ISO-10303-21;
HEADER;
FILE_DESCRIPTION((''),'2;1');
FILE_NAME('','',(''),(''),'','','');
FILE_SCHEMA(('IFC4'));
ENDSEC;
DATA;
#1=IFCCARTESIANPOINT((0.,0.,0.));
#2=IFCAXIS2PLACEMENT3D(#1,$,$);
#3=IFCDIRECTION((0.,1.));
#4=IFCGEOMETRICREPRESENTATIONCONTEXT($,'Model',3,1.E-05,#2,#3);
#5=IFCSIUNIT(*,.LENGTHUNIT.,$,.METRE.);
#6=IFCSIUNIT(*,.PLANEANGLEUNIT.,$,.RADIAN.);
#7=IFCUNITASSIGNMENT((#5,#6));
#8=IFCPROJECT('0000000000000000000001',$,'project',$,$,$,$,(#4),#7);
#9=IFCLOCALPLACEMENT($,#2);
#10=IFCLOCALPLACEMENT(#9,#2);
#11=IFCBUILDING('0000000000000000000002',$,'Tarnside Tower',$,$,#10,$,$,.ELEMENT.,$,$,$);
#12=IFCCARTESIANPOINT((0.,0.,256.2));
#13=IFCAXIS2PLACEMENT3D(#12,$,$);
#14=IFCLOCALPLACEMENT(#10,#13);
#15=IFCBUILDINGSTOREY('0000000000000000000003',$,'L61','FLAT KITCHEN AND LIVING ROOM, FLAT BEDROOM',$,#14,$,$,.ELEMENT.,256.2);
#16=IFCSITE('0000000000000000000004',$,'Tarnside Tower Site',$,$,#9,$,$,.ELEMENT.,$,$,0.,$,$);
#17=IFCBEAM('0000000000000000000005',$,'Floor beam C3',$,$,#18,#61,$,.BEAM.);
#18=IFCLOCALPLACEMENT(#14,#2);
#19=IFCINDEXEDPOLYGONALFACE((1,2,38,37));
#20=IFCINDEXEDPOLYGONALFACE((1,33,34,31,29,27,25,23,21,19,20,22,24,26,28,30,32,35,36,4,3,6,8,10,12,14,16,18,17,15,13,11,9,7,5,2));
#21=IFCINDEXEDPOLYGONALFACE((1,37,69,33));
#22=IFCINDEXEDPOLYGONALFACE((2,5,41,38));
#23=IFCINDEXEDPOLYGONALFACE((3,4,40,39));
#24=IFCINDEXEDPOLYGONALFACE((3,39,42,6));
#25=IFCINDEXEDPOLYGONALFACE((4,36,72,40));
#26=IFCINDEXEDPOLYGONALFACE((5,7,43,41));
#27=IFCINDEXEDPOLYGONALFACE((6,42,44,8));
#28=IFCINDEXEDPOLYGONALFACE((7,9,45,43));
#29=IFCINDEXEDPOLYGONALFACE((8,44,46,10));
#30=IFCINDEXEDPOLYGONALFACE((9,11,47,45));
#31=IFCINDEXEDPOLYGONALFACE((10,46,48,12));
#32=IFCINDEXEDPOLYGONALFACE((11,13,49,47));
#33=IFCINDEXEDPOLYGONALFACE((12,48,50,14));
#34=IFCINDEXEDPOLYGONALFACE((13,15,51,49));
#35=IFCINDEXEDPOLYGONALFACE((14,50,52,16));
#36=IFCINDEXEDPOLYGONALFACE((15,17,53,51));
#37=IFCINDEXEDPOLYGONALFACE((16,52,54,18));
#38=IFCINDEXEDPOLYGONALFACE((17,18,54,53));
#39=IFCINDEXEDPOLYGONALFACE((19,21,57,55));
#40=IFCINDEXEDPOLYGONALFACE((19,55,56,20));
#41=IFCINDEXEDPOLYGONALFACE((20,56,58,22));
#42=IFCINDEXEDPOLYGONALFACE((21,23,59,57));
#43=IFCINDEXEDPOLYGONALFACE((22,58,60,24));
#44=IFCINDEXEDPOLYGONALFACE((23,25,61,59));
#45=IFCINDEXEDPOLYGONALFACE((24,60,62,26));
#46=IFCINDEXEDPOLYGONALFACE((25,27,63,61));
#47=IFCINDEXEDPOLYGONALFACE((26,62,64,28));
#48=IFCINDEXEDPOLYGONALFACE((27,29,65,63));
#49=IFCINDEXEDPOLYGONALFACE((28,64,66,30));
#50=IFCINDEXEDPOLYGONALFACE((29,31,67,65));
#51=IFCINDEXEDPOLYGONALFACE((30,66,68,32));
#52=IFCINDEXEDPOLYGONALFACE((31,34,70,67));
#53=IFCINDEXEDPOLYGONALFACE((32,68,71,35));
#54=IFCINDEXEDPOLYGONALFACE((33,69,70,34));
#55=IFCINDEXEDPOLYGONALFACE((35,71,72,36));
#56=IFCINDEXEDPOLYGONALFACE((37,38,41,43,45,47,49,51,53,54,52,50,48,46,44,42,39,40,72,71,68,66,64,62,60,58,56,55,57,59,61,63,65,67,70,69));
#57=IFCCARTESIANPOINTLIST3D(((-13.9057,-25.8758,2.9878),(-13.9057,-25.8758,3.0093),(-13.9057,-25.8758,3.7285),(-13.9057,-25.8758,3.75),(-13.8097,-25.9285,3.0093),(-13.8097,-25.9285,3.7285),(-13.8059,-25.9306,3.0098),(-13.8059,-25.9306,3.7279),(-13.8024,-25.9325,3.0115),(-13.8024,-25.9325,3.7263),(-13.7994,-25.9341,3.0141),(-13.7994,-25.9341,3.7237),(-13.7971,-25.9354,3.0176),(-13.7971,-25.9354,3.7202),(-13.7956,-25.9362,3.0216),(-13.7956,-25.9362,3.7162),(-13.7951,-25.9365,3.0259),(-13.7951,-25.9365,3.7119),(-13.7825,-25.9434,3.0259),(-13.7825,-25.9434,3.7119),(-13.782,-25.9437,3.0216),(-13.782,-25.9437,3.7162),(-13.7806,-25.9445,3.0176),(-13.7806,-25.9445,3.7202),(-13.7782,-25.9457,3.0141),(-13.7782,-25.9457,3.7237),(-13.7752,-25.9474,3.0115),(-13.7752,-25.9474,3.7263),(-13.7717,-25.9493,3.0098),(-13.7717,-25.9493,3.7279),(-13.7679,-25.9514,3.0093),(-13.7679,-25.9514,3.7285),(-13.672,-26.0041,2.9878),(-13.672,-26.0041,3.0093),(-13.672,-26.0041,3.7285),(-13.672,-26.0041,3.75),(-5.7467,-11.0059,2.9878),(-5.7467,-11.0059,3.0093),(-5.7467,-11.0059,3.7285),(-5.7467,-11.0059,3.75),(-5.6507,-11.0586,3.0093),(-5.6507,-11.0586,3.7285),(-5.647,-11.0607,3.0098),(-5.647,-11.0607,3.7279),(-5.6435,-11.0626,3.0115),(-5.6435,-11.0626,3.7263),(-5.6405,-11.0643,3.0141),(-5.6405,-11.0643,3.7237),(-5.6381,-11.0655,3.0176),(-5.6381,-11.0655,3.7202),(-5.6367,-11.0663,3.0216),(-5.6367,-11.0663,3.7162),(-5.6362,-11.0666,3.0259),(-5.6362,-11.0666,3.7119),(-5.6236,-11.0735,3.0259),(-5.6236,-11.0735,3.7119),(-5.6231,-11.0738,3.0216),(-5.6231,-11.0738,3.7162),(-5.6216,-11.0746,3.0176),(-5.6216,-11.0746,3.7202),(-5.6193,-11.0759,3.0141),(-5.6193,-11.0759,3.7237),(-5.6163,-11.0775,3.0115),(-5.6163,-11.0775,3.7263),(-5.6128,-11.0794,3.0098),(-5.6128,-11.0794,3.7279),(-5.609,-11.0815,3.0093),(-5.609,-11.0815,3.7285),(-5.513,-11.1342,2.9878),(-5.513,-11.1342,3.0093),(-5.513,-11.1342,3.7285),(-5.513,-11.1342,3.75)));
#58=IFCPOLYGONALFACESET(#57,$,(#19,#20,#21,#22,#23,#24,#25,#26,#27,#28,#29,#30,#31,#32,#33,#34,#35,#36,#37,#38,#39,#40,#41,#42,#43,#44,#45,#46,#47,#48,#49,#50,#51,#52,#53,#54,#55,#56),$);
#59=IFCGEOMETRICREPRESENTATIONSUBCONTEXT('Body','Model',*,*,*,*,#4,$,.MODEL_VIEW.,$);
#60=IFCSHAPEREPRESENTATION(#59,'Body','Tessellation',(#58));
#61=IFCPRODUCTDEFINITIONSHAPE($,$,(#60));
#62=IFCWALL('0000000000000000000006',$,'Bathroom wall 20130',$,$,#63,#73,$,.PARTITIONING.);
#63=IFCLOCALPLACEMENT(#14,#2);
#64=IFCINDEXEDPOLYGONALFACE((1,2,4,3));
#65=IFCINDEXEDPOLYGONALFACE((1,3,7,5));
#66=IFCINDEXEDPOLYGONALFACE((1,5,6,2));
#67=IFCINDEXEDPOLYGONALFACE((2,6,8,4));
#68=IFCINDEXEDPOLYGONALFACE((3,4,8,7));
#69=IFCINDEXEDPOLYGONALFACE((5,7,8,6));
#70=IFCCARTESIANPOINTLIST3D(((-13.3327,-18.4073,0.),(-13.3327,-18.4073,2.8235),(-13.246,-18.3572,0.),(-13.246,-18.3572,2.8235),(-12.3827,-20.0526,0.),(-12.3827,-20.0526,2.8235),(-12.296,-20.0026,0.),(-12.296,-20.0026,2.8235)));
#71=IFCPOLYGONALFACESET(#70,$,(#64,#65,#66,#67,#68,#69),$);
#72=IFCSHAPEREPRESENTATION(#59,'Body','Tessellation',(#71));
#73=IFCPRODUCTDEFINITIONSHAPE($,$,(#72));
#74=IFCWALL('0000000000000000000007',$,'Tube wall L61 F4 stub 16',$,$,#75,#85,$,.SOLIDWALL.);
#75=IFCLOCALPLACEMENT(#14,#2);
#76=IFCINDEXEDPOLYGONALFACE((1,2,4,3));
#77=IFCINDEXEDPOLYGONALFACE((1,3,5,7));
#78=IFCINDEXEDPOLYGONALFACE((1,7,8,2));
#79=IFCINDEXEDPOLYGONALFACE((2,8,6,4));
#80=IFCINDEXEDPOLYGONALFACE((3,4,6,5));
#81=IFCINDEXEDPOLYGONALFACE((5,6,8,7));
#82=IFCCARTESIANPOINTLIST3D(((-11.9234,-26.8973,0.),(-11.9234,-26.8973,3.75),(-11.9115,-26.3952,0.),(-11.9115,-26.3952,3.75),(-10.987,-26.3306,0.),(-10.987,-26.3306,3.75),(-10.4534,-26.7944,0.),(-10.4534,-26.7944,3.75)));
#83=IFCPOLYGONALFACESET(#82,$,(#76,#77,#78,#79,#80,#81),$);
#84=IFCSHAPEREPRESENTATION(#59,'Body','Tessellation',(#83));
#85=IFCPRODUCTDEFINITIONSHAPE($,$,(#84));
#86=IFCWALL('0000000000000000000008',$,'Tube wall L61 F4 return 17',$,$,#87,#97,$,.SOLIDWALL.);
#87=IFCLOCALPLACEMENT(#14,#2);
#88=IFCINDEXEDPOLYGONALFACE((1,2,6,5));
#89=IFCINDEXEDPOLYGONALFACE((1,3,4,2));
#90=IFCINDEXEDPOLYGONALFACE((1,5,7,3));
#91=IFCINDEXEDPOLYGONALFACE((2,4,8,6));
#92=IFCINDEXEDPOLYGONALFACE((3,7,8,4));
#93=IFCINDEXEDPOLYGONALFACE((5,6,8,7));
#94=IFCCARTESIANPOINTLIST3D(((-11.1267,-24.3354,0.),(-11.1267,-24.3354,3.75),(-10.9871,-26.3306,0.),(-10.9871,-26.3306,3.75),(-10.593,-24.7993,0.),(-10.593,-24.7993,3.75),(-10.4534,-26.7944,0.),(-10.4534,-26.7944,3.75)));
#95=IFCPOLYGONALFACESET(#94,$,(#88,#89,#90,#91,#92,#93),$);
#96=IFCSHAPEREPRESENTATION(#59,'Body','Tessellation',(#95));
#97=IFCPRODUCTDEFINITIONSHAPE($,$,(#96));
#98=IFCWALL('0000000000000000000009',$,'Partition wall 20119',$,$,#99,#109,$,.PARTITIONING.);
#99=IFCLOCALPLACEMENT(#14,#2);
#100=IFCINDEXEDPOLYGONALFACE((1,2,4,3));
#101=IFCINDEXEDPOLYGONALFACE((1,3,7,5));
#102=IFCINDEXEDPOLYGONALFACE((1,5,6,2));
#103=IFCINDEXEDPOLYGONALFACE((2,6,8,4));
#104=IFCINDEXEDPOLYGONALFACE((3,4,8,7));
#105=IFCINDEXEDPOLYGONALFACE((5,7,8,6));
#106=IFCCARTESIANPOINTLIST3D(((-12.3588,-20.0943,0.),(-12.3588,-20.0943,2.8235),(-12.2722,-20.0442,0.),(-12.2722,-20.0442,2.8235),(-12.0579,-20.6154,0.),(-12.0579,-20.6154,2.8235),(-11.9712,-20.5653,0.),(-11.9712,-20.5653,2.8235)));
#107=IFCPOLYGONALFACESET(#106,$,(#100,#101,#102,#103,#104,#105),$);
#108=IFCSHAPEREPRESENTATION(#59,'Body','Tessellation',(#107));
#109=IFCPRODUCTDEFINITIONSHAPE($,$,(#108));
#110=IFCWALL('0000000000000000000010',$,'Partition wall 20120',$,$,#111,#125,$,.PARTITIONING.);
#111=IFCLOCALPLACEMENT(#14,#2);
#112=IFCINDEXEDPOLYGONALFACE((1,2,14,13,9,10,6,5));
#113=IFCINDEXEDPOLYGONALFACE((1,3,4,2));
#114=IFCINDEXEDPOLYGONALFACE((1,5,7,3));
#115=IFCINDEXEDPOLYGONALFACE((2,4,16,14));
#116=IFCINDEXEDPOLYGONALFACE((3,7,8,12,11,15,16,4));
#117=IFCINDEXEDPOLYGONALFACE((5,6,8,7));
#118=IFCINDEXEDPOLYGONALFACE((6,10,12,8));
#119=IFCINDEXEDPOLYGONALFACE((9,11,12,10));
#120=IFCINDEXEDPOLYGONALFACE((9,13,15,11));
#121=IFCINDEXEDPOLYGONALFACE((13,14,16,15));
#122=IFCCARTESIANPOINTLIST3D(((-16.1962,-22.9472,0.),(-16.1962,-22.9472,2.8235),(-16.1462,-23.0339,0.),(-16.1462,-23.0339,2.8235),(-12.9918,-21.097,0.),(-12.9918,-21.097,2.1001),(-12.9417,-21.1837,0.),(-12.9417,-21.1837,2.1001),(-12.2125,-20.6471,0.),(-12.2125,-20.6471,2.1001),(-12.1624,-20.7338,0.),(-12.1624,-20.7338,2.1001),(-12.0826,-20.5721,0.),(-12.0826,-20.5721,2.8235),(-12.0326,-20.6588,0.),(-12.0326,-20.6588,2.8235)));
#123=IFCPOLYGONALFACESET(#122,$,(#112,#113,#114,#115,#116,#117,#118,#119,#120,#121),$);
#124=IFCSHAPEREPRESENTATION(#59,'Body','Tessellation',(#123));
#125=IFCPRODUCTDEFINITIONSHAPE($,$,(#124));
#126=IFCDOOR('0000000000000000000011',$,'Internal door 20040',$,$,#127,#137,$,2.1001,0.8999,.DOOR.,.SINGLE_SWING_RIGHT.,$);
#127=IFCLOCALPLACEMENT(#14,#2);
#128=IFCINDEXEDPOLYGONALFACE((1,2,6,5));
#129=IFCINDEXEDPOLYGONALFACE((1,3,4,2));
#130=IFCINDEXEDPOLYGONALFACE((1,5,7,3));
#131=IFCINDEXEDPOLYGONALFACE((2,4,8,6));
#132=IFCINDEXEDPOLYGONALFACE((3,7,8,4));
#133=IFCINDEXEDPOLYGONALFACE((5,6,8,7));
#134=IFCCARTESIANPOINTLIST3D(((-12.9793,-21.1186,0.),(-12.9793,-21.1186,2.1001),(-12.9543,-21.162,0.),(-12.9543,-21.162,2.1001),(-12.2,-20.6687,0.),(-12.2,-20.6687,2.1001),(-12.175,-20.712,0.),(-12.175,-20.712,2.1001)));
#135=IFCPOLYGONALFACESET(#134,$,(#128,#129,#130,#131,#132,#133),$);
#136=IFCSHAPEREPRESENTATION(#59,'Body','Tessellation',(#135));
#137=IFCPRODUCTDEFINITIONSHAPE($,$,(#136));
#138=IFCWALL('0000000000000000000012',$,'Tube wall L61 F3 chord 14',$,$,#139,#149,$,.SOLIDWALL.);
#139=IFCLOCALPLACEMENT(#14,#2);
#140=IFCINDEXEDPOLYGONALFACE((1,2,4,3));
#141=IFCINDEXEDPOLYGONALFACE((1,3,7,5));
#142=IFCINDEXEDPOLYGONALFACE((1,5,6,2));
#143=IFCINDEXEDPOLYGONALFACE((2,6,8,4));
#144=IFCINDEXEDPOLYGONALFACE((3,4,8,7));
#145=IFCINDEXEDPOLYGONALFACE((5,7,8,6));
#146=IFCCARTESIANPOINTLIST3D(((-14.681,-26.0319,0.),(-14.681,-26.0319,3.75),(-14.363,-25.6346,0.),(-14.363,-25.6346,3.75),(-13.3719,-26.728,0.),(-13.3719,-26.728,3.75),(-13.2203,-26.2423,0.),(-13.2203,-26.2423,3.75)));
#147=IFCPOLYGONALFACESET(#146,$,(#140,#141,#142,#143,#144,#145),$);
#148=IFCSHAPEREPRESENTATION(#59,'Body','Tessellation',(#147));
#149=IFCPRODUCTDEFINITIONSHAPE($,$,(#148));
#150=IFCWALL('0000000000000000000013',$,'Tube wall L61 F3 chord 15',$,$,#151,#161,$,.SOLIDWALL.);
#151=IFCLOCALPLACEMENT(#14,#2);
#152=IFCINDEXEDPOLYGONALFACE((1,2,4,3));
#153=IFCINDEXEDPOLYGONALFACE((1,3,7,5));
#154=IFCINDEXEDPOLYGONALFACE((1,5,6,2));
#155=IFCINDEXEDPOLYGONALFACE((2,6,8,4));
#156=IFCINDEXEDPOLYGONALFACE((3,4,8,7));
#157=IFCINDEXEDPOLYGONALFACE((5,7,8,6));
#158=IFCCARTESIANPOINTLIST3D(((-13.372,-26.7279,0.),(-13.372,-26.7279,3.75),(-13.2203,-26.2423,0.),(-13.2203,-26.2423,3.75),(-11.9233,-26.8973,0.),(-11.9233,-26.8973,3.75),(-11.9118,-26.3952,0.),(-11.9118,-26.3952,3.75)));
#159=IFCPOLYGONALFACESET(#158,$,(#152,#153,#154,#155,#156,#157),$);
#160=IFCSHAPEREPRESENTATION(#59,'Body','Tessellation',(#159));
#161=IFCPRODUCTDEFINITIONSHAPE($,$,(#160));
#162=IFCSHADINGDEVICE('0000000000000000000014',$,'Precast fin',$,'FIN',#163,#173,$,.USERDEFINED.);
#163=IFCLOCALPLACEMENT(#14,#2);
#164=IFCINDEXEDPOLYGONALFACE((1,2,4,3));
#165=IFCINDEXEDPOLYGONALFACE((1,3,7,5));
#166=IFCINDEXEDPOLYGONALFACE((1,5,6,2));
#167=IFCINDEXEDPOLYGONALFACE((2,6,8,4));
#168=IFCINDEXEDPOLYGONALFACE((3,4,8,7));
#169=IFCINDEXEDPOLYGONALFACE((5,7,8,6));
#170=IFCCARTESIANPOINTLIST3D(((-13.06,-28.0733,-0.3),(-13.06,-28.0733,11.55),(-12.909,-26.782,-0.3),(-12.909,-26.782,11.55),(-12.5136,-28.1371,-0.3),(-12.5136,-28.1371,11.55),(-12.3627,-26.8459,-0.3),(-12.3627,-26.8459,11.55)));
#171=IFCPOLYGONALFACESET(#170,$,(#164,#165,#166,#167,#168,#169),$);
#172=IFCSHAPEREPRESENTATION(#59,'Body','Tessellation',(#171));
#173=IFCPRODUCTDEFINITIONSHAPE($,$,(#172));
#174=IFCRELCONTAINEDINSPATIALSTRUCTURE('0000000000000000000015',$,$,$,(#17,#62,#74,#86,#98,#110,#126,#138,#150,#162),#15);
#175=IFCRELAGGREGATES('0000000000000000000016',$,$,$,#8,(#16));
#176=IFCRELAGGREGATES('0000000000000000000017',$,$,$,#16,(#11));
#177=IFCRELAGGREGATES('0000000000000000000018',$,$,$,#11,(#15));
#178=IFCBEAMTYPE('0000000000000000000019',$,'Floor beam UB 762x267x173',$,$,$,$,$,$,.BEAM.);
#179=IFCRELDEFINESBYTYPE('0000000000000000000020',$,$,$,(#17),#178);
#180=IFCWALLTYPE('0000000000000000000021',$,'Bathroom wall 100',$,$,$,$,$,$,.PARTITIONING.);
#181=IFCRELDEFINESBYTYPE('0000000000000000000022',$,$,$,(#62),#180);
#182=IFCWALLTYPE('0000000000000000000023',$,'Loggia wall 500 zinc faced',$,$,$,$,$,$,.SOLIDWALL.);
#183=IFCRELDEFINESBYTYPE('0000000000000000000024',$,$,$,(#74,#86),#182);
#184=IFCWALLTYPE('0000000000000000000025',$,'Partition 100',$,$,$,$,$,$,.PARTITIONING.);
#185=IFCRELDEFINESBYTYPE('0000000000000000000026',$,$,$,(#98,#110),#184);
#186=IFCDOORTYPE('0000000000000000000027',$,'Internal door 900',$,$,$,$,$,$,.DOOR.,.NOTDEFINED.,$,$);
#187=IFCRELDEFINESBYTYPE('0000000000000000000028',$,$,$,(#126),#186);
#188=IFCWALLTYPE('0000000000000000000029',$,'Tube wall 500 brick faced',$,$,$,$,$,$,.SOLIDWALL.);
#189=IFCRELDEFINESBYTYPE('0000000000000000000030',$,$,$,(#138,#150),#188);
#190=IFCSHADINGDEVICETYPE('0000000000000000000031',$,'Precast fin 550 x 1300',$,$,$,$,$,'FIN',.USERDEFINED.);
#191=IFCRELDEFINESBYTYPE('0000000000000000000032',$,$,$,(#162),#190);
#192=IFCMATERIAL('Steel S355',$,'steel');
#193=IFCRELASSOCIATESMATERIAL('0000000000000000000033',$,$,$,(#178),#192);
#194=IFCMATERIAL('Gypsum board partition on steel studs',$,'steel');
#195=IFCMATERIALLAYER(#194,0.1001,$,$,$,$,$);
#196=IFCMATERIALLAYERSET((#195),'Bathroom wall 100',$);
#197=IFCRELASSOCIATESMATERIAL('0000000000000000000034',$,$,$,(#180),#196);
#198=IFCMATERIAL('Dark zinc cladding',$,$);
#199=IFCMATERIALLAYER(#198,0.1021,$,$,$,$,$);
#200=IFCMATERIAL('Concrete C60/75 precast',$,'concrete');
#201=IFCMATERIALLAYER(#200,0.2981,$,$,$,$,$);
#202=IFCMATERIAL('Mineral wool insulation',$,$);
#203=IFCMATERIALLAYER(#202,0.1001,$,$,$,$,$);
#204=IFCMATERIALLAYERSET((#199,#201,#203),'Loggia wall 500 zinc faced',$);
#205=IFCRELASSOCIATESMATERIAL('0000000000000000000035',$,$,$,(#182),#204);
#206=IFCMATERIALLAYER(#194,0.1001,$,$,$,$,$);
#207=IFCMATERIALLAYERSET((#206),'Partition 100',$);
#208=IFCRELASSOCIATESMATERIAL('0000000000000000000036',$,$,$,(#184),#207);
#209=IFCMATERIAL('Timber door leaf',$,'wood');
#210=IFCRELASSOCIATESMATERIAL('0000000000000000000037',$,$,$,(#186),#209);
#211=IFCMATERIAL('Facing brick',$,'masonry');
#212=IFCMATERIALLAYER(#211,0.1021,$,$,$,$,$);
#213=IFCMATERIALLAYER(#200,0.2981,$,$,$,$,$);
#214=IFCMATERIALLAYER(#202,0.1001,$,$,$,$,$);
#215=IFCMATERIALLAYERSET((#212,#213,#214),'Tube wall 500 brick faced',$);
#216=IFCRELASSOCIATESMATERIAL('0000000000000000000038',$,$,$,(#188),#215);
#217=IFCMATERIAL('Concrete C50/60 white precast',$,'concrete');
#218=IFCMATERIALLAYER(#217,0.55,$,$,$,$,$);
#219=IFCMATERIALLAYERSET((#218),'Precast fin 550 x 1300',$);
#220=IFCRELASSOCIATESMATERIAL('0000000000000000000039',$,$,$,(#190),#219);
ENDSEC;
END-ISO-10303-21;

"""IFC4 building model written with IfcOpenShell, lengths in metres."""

from ifc_helpers import new_model, si_unit, direction, frame, frame_2d, origin, origin_2d, place, context, subcontext, project, spatial, polyline, rectangle, i_section, outline, extrude, material, layer, layer_set, material_profile, profile_set, type_object, element, fill, save


model = new_model("IFC4")

# Units and contexts
model_context = context("Model", 3, precision=1e-05, world=origin(), true_north=direction((0.0, 1.0)))
body_context = subcontext(model_context, "Body", "Model", "MODEL_VIEW")
ifc_project = project(units=[si_unit("LENGTHUNIT", "METRE"), si_unit("PLANEANGLEUNIT", "RADIAN")], contexts=[model_context])

# Site, building, storey
site_placement = place(None, origin())
site = spatial("IfcSite", under=ifc_project, at=site_placement, Name="Tarnside Tower Site", CompositionType="ELEMENT", RefElevation=0.0)
building_placement = place(site_placement, origin())
building = spatial("IfcBuilding", under=site, at=building_placement, Name="Tarnside Tower", CompositionType="ELEMENT")
storey_placement = place(building_placement, frame((0.0, 0.0, 256.2)))
storey = spatial("IfcBuildingStorey", under=building, at=storey_placement, Name="L61", Description="FLAT KITCHEN AND LIVING ROOM, FLAT BEDROOM", CompositionType="ELEMENT", Elevation=256.2)

# Beam
ifc_material_1 = material(Name="Steel S355", Category="steel")
ifc_material_profile = material_profile(ifc_material_1, i_section(OverallWidth=0.2666, OverallDepth=0.7622, WebThickness=0.0144, FlangeThickness=0.0215, FilletRadius=0.0166, at=origin_2d()), Name="UB 762x267x173")
ifc_profile_set = profile_set([ifc_material_profile], Name="Steel S355")
beam_type = type_object("IfcBeamType", Name="Floor beam UB 762x267x173", PredefinedType="BEAM", material=ifc_profile_set)
beam_placement = place(storey_placement, frame((-13.7888, -25.9399, 3.3689), z_axis=(0.481036, 0.876701, 0.0), x_axis=(-0.876701, 0.481036, 0.0)))
element("IfcBeam", 1, at=beam_placement, inside=storey, type_object=beam_type, Name="Floor beam C3", PredefinedType="BEAM", context=body_context, shape_type="SweptSolid", body=[
    extrude(i_section(OverallWidth=0.2666, OverallDepth=0.7622, WebThickness=0.0144, FlangeThickness=0.0215, FilletRadius=0.0166, at=origin_2d()), origin(), (0.0, 0.0, 1.0), 16.9612),
])

# Walls
ifc_material_2 = material(Name="Gypsum board partition on steel studs", Category="steel")
ifc_layer_1 = layer(ifc_material_2, 0.1001)
ifc_layer_set_1 = layer_set([ifc_layer_1], Name="Bathroom wall 100")
wall_type_1 = type_object("IfcWallType", Name="Bathroom wall 100", PredefinedType="PARTITIONING", material=ifc_layer_set_1)
wall_1_placement = place(storey_placement, frame((-12.3394, -20.0276, 0.0), z_axis=(0.0, 0.0, 1.0), x_axis=(-0.500023, 0.866012, 0.0)))
element("IfcWall", 2, at=wall_1_placement, inside=storey, type_object=wall_type_1, Name="Bathroom wall 20130", PredefinedType="PARTITIONING", context=body_context, shape_type="SweptSolid", body=[
    extrude(rectangle(XDim=1.8999, YDim=0.1001, at=frame_2d((0.95, 0.0))), origin(), (0.0, 0.0, 1.0), 2.8235),
])
ifc_material_3 = material(Name="Dark zinc cladding")
ifc_layer_2 = layer(ifc_material_3, 0.1021)
ifc_material_4 = material(Name="Concrete C60/75 precast", Category="concrete")
ifc_layer_3 = layer(ifc_material_4, 0.2981)
ifc_material_5 = material(Name="Mineral wool insulation")
ifc_layer_4 = layer(ifc_material_5, 0.1001)
ifc_layer_set_2 = layer_set([ifc_layer_2, ifc_layer_3, ifc_layer_4], Name="Loggia wall 500 zinc faced")
wall_type_2 = type_object("IfcWallType", Name="Loggia wall 500 zinc faced", PredefinedType="SOLIDWALL", material=ifc_layer_set_2)
wall_2_placement = place(storey_placement, frame((-11.9175, -26.6462, 0.0), z_axis=(0.0, 0.0, 1.0), x_axis=(0.997563, 0.069772, 0.0)))
element("IfcWall", 3, at=wall_2_placement, inside=storey, type_object=wall_type_2, Name="Tube wall L61 F4 stub 16", PredefinedType="SOLIDWALL", context=body_context, shape_type="SweptSolid", body=[
    extrude(outline(polyline([(-0.0234, -0.25), (1.4502, -0.25), (0.9502, 0.25), (0.0234, 0.25), (-0.0234, -0.25)])), origin(), (0.0, 0.0, 1.0), 3.75),
])
wall_3_placement = place(storey_placement, frame((-10.7202, -26.5625, 0.0), z_axis=(0.0, 0.0, 1.0), x_axis=(-0.069824, 0.997559, 0.0)))
element("IfcWall", 4, at=wall_3_placement, inside=storey, type_object=wall_type_2, Name="Tube wall L61 F4 return 17", PredefinedType="SOLIDWALL", context=body_context, shape_type="SweptSolid", body=[
    extrude(outline(polyline([(-0.25, -0.25), (1.75, -0.25), (2.25, 0.25), (0.25, 0.25), (-0.25, -0.25)])), origin(), (0.0, 0.0, 1.0), 3.75),
])

# Wall
ifc_layer_5 = layer(ifc_material_2, 0.1001)
ifc_layer_set_3 = layer_set([ifc_layer_5], Name="Partition 100")
wall_type_3 = type_object("IfcWallType", Name="Partition 100", PredefinedType="PARTITIONING", material=ifc_layer_set_3)
wall_4_placement = place(storey_placement, frame((-12.3154, -20.0693, 0.0), z_axis=(0.0, 0.0, 1.0), x_axis=(0.500109, -0.865963, 0.0)))
element("IfcWall", 5, at=wall_4_placement, inside=storey, type_object=wall_type_3, Name="Partition wall 20119", PredefinedType="PARTITIONING", context=body_context, shape_type="SweptSolid", body=[
    extrude(rectangle(XDim=0.6018, YDim=0.1001, at=frame_2d((0.3008, 0.0))), origin(), (0.0, 0.0, 1.0), 2.8235),
])

# Wall, opening, door
wall_5_placement = place(storey_placement, frame((-12.0576, -20.6155, 0.0), z_axis=(0.0, 0.0, 1.0), x_axis=(-0.86602, -0.500009, 0.0)))
wall_5 = element("IfcWall", 6, at=wall_5_placement, inside=storey, type_object=wall_type_3, Name="Partition wall 20120", PredefinedType="PARTITIONING", context=body_context, shape_type="SweptSolid", body=[
    extrude(rectangle(XDim=4.75, YDim=0.1001, at=frame_2d((2.375, 0.0))), origin(), (0.0, 0.0, 1.0), 2.8235),
])
opening_1_placement = place(wall_5_placement, frame((0.1499, 0.0, 0.0)))
opening_1 = element("IfcOpeningElement", 7, at=opening_1_placement, cuts=wall_5, PredefinedType="OPENING", context=body_context, shape_type="SweptSolid", body=[
    extrude(rectangle(XDim=0.8999, YDim=2.1001, at=frame_2d((0.45, 1.05))), frame((0.0, 0.0601, 0.0), z_axis=(0.0, -1.0, 0.0), x_axis=(1.0, 0.0, 0.0)), (0.0, 0.0, 1.0), 0.1201),
])
ifc_material_6 = material(Name="Timber door leaf", Category="wood")
door_type_1 = type_object("IfcDoorType", Name="Internal door 900", OperationType="NOTDEFINED", PredefinedType="DOOR", material=ifc_material_6)
door_1_placement = place(opening_1_placement, origin())
door_1 = element("IfcDoor", 8, at=door_1_placement, inside=storey, type_object=door_type_1, Name="Internal door 20040", OperationType="SINGLE_SWING_RIGHT", OverallHeight=2.1001, OverallWidth=0.8999, PredefinedType="DOOR", context=body_context, shape_type="SweptSolid", body=[
    extrude(rectangle(XDim=0.8999, YDim=2.1001, at=frame_2d((0.45, 1.05))), frame((0.0, 0.0249, 0.0), z_axis=(0.0, -1.0, 0.0), x_axis=(1.0, 0.0, 0.0)), (0.0, 0.0, 1.0), 0.05),
])
fill(opening_1, door_1)

# Walls
ifc_material_7 = material(Name="Facing brick", Category="masonry")
ifc_layer_6 = layer(ifc_material_7, 0.1021)
ifc_layer_7 = layer(ifc_material_4, 0.2981)
ifc_layer_8 = layer(ifc_material_5, 0.1001)
ifc_layer_set_4 = layer_set([ifc_layer_6, ifc_layer_7, ifc_layer_8], Name="Tube wall 500 brick faced")
wall_type_4 = type_object("IfcWallType", Name="Tube wall 500 brick faced", PredefinedType="SOLIDWALL", material=ifc_layer_set_4)
wall_6_placement = place(storey_placement, frame((-14.522, -25.8333, 0.0), z_axis=(0.0, 0.0, 1.0), x_axis=(0.882927, -0.469511, 0.0)))
element("IfcWall", 9, at=wall_6_placement, inside=storey, type_object=wall_type_4, Name="Tube wall L61 F3 chord 14", PredefinedType="SOLIDWALL", context=body_context, shape_type="SweptSolid", body=[
    extrude(outline(polyline([(-0.0471, -0.25), (1.4355, -0.25), (1.3413, 0.25), (0.0471, 0.25), (-0.0471, -0.25)])), origin(), (0.0, 0.0, 1.0), 3.75),
])
wall_7_placement = place(storey_placement, frame((-13.2961, -26.4851, 0.0), z_axis=(0.0, 0.0, 1.0), x_axis=(0.993239, -0.116086, 0.0)))
element("IfcWall", 10, at=wall_7_placement, inside=storey, type_object=wall_type_4, Name="Tube wall L61 F3 chord 15", PredefinedType="SOLIDWALL", context=body_context, shape_type="SweptSolid", body=[
    extrude(outline(polyline([(-0.0471, -0.25), (1.4114, -0.25), (1.3645, 0.25), (0.0471, 0.25), (-0.0471, -0.25)])), origin(), (0.0, 0.0, 1.0), 3.75),
])

# Shading device
ifc_material_8 = material(Name="Concrete C50/60 white precast", Category="concrete")
ifc_layer_9 = layer(ifc_material_8, 0.55)
ifc_layer_set_5 = layer_set([ifc_layer_9], Name="Precast fin 550 x 1300")
shading_device_type = type_object("IfcShadingDeviceType", Name="Precast fin 550 x 1300", ElementType="FIN", PredefinedType="USERDEFINED", material=ifc_layer_set_5)
shading_device_placement = place(storey_placement, frame((-12.6357, -26.814, -0.3), z_axis=(-0.993238, 0.116093, 0.0), x_axis=(-0.116093, -0.993238, 0.0)))
element("IfcShadingDevice", 11, at=shading_device_placement, inside=storey, type_object=shading_device_type, Name="Precast fin", ObjectType="FIN", PredefinedType="USERDEFINED", context=body_context, shape_type="SweptSolid", body=[
    extrude(outline(polyline([(0.0, 0.0), (1.3, 0.0), (1.3, 11.8501), (0.0, 11.8501), (0.0, 0.0)])), frame((0.0, 0.0, -0.2749)), (0.0, 0.0, 1.0), 0.55),
])

save(model, "model.ifc")
